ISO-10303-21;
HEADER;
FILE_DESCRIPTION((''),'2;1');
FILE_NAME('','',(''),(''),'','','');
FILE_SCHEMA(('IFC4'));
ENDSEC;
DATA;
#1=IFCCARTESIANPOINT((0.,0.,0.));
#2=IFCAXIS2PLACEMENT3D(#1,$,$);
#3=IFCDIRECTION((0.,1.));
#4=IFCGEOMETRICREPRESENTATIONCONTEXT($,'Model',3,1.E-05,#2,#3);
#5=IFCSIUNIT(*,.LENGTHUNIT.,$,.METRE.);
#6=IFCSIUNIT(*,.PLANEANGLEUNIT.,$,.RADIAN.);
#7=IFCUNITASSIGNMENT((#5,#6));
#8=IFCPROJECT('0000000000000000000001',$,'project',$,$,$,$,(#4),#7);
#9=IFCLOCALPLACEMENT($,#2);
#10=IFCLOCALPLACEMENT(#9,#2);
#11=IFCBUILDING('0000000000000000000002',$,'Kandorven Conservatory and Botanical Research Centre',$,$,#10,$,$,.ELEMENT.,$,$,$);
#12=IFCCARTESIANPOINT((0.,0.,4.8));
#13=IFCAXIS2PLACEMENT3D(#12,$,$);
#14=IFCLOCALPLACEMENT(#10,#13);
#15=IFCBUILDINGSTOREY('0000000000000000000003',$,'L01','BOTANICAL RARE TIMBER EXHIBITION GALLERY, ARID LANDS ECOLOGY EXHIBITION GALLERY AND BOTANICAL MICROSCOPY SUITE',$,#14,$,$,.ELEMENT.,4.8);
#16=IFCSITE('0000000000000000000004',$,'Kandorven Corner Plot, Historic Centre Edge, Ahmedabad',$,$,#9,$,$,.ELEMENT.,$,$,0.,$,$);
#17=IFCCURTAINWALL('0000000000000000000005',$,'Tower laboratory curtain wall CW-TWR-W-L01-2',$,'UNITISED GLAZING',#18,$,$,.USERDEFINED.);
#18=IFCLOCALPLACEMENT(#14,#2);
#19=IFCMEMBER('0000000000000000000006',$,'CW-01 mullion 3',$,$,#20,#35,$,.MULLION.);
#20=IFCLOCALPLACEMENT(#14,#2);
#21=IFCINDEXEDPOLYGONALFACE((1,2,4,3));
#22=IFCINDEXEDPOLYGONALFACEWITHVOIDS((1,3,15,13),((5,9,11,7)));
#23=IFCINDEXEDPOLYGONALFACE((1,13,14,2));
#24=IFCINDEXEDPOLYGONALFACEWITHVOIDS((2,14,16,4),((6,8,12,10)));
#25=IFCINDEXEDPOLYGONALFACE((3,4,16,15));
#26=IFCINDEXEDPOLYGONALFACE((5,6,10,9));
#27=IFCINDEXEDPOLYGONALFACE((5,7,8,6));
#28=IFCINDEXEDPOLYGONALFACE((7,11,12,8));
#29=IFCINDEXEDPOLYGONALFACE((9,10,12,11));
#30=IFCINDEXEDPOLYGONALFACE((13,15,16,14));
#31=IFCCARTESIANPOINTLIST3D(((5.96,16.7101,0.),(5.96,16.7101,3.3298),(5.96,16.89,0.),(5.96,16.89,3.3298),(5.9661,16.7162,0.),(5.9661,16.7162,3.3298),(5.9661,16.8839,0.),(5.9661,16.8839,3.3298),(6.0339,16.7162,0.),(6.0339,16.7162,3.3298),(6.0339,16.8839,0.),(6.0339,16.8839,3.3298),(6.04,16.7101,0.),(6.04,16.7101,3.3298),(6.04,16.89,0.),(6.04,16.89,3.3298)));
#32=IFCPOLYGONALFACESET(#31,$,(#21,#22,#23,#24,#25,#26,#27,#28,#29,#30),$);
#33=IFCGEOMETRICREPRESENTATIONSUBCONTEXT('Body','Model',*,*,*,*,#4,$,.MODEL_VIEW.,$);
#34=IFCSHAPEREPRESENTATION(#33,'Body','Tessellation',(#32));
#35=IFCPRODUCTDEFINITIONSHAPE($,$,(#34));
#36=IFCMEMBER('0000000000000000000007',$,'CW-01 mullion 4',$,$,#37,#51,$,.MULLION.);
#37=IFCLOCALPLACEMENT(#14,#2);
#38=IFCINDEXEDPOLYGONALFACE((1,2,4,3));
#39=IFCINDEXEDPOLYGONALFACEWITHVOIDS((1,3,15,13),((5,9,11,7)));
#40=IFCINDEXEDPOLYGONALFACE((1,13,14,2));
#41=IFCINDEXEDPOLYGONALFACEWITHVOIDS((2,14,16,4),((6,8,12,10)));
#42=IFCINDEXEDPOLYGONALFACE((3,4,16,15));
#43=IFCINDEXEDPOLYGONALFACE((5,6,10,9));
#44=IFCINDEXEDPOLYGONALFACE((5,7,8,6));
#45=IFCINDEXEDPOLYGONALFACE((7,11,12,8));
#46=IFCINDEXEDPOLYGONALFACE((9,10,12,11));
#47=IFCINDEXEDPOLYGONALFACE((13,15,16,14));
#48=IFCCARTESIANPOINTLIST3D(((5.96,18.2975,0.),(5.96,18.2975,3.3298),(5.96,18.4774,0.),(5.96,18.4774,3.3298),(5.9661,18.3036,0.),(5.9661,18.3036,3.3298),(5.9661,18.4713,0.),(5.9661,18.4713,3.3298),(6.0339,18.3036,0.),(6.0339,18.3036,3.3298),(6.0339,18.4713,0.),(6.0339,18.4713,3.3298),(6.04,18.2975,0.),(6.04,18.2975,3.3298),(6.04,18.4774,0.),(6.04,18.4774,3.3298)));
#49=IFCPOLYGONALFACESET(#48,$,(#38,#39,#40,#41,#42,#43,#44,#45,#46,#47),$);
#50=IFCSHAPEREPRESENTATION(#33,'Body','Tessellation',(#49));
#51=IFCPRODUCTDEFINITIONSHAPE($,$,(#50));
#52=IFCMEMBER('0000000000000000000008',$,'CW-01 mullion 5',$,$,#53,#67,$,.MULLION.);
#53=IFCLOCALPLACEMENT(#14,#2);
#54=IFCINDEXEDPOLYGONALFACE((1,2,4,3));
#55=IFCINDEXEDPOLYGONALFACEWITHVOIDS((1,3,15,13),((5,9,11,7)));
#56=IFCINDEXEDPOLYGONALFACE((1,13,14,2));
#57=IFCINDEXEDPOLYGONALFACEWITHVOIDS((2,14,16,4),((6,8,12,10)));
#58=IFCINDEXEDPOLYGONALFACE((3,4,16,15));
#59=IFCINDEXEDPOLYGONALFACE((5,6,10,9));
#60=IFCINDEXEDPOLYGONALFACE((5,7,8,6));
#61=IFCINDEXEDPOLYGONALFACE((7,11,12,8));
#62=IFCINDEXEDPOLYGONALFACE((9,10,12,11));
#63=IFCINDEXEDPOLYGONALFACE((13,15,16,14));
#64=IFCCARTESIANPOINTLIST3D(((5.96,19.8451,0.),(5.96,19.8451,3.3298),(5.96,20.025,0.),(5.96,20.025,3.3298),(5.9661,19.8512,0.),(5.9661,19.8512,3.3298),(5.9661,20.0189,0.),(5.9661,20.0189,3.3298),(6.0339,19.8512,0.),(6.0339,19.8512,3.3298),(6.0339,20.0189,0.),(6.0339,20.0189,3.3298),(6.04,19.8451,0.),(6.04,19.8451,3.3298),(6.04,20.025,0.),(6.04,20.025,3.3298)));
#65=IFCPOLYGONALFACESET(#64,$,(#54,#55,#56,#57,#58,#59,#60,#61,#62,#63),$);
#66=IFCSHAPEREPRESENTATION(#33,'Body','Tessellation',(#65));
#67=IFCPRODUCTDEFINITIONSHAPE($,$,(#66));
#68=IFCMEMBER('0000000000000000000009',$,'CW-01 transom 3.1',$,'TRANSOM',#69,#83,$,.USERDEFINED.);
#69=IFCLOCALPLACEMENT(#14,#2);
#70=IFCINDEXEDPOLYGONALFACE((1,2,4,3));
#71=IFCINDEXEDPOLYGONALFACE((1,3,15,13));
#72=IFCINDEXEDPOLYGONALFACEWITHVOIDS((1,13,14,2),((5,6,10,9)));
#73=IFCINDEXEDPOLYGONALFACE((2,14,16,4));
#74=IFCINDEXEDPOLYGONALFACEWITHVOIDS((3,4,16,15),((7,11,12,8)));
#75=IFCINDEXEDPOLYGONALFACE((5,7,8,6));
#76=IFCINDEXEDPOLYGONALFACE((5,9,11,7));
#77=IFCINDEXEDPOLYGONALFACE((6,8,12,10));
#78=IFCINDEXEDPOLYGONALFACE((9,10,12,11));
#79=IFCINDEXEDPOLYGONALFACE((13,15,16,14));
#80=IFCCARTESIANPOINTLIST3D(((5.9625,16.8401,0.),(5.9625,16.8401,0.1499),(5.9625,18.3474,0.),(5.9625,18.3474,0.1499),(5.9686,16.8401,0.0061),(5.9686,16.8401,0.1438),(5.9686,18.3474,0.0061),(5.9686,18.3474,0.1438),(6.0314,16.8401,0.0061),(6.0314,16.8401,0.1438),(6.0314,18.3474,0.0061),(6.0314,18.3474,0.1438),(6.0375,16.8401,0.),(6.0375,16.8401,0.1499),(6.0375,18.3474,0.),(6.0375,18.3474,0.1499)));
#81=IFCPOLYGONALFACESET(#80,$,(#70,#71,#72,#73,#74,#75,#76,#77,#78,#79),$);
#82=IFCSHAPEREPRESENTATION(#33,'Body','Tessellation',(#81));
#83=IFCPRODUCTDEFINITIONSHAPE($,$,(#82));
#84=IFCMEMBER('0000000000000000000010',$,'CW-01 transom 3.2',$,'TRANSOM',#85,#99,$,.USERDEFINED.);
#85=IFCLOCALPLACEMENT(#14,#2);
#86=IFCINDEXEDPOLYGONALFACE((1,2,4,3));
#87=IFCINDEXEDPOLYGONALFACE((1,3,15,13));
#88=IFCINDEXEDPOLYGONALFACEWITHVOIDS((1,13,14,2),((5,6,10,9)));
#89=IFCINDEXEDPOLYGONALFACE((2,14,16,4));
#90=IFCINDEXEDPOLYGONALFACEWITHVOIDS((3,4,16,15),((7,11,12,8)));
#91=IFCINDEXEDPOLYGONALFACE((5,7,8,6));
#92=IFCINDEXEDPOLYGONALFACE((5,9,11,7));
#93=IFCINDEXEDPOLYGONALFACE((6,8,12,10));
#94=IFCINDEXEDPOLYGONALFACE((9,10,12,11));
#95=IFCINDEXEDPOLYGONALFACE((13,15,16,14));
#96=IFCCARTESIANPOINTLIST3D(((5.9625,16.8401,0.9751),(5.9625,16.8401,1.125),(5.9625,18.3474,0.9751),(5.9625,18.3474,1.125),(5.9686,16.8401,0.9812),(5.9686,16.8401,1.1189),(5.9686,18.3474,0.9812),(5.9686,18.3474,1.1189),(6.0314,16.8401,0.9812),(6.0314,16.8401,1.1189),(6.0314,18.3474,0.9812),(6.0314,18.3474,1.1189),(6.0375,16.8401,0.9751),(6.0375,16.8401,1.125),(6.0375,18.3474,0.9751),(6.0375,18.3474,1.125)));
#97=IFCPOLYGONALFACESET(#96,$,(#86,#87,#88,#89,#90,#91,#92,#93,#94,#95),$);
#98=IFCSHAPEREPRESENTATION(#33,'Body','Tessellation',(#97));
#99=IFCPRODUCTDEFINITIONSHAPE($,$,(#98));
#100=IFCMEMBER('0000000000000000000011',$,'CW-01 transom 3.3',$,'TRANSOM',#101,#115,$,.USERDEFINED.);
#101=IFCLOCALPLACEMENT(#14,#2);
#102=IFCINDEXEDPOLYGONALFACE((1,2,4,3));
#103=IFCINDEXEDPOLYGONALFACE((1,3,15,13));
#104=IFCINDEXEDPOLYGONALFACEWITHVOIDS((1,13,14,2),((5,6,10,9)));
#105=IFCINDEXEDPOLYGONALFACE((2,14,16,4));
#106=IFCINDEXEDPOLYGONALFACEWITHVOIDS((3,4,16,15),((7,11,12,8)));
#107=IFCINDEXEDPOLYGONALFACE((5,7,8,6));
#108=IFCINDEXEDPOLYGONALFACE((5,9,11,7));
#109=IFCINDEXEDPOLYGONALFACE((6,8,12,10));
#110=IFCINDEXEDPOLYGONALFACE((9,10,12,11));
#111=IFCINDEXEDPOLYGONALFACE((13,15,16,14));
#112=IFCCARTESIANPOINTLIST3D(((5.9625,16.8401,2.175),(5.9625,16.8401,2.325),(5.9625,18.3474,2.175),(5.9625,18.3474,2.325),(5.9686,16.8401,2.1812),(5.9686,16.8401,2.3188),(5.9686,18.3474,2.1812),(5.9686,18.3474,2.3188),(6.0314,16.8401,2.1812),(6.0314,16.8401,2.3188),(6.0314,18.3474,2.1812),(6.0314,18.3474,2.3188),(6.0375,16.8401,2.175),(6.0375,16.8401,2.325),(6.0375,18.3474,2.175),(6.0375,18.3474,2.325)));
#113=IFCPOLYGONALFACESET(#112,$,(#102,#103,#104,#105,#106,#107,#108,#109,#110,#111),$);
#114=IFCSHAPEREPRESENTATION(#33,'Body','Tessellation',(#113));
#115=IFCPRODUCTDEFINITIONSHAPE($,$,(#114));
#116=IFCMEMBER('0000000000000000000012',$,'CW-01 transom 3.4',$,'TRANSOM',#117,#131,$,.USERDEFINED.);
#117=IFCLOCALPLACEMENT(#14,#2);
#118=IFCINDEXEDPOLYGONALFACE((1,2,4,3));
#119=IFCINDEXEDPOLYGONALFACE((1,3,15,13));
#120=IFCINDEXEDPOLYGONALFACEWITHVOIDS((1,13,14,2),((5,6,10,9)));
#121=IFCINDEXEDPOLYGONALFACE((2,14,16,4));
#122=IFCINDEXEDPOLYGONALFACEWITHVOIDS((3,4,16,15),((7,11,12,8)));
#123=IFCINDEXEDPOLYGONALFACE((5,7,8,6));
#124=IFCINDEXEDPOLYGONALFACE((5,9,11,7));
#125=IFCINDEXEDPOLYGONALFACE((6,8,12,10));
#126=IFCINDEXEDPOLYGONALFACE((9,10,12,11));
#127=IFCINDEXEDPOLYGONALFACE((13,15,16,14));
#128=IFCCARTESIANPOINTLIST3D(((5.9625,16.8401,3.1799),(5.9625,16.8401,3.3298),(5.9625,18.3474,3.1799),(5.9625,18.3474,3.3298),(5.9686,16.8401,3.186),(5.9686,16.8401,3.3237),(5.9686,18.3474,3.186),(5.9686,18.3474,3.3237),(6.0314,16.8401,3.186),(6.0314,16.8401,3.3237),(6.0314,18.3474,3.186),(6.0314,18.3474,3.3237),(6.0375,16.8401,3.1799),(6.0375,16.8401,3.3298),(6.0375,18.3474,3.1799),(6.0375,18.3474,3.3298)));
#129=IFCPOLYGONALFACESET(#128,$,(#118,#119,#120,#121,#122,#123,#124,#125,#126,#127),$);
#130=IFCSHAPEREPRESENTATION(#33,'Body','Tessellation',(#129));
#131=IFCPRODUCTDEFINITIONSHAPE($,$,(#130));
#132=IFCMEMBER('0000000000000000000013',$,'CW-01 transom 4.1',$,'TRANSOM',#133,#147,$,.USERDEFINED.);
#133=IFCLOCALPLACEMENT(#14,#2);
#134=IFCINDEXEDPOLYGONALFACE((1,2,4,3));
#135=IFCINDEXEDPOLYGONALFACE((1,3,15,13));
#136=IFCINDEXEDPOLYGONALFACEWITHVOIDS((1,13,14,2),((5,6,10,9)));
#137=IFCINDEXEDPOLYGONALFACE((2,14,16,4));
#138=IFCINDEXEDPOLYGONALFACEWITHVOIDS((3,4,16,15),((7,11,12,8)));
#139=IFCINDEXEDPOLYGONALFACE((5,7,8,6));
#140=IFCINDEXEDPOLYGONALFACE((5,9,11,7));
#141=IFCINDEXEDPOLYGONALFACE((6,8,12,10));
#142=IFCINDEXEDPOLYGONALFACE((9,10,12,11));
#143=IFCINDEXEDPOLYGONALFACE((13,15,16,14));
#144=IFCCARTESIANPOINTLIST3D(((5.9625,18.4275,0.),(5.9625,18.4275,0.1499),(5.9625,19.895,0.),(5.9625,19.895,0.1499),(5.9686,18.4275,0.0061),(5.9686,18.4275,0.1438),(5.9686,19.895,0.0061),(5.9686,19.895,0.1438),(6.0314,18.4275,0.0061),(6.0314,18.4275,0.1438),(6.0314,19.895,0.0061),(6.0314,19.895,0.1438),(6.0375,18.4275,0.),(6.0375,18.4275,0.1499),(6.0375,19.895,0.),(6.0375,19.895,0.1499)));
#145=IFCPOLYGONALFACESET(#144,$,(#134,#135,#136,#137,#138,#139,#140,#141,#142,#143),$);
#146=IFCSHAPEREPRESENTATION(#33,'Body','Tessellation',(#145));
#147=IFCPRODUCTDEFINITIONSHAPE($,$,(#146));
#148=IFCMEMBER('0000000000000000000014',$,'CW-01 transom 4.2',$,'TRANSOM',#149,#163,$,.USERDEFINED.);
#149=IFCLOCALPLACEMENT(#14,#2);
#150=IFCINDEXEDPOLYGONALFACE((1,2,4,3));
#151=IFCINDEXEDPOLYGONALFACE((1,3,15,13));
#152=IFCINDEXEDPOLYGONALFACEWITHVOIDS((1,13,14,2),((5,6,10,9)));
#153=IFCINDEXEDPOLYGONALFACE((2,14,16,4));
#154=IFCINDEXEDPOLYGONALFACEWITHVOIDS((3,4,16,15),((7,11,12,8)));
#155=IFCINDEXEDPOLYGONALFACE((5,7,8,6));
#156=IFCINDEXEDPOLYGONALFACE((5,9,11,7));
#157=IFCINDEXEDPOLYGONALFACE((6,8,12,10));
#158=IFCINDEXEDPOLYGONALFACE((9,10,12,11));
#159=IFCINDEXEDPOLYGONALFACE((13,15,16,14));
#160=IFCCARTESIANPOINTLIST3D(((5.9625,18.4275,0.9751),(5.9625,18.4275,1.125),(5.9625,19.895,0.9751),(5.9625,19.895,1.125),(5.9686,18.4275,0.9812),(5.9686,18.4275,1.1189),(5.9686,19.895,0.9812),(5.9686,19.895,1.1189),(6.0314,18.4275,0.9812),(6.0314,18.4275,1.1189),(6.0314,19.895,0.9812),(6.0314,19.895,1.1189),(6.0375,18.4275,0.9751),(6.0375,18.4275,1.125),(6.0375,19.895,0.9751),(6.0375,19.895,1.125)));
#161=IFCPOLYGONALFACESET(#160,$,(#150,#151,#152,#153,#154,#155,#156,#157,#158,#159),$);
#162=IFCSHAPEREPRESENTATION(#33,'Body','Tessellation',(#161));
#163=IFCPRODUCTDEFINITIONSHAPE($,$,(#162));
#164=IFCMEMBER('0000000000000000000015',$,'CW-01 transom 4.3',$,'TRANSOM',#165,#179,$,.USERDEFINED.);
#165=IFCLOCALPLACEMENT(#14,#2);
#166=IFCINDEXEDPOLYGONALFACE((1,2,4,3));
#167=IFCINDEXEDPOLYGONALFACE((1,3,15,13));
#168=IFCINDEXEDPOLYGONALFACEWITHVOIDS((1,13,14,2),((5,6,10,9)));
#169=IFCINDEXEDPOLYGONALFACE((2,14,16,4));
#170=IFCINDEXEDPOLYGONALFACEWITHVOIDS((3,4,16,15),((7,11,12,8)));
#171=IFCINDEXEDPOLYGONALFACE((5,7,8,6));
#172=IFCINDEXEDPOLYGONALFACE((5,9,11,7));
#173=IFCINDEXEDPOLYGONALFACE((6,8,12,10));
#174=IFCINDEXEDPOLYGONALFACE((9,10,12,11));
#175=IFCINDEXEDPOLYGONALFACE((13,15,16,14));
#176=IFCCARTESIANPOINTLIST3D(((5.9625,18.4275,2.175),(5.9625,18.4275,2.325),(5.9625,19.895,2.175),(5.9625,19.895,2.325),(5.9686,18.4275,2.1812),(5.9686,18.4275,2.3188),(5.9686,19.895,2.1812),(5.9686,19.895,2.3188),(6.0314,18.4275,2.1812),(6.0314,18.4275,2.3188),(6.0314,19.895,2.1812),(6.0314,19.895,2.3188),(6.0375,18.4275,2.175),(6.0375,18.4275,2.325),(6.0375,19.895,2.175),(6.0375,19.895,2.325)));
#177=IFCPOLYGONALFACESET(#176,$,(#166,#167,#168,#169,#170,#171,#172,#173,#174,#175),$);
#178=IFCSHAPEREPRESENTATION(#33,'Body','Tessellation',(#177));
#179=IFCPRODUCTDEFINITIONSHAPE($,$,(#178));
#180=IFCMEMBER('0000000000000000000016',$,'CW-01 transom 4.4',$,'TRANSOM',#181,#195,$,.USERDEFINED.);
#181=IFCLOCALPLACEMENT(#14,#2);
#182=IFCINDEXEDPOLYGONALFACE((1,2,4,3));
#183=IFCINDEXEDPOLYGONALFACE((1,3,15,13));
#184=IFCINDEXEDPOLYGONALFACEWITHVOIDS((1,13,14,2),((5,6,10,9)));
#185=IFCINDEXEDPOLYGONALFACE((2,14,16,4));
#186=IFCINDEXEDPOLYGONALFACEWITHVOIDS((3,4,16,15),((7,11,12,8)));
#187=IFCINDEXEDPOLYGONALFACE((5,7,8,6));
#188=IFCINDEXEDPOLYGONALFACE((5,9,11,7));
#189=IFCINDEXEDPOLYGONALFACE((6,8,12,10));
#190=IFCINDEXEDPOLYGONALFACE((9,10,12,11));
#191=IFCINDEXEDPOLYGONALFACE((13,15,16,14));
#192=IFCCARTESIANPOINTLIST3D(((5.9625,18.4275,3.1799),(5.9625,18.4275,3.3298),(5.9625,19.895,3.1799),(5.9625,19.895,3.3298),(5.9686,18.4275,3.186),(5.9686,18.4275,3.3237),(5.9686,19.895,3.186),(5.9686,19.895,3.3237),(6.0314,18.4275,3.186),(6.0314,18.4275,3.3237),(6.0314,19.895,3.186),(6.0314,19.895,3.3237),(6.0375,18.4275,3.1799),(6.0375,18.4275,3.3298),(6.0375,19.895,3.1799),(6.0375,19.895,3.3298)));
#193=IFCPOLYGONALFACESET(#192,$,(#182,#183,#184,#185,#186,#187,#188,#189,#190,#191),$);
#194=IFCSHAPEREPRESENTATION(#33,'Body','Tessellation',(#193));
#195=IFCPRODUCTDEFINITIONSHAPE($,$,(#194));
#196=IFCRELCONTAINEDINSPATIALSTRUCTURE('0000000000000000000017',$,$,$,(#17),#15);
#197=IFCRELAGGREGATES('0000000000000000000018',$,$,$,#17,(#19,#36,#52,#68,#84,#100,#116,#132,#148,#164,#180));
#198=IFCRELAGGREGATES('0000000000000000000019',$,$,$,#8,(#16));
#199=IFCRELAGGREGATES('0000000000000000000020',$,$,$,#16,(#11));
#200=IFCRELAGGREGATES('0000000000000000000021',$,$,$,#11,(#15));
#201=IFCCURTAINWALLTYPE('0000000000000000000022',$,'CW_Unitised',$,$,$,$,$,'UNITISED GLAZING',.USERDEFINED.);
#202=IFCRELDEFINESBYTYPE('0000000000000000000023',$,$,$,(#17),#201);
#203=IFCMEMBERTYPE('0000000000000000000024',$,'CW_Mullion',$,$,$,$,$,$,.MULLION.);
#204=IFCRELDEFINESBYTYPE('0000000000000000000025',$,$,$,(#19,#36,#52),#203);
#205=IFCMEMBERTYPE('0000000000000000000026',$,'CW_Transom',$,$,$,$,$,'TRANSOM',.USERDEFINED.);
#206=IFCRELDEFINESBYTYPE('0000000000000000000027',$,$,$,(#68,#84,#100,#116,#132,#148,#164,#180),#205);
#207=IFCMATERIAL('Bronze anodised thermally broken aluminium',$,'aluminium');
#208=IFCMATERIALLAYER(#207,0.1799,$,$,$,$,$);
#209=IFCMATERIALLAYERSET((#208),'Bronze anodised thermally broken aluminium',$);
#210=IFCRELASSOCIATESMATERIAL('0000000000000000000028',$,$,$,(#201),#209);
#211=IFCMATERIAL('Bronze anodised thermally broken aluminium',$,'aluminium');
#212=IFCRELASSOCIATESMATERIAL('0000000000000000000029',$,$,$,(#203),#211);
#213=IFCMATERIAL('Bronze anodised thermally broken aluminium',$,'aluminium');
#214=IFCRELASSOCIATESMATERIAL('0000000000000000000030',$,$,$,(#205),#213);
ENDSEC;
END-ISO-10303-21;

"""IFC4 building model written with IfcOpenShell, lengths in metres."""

from ifc_helpers import new_model, si_unit, direction, frame, origin, origin_2d, place, context, subcontext, project, spatial, hollow_rectangle, extrude, material, layer, layer_set, material_profile, profile_set, type_object, element, aggregate, save


model = new_model("IFC4")

# Units and contexts
model_context = context("Model", 3, precision=1e-05, world=origin(), true_north=direction((0.0, 1.0)))
body_context = subcontext(model_context, "Body", "Model", "MODEL_VIEW")
ifc_project = project(units=[si_unit("LENGTHUNIT", "METRE"), si_unit("PLANEANGLEUNIT", "RADIAN")], contexts=[model_context])

# Site, building, storey
site_placement = place(None, origin())
site = spatial("IfcSite", under=ifc_project, at=site_placement, Name="Kandorven Corner Plot, Historic Centre Edge, Ahmedabad", CompositionType="ELEMENT", RefElevation=0.0)
building_placement = place(site_placement, origin())
building = spatial("IfcBuilding", under=site, at=building_placement, Name="Kandorven Conservatory and Botanical Research Centre", CompositionType="ELEMENT")
storey_placement = place(building_placement, frame((0.0, 0.0, 4.8)))
storey = spatial("IfcBuildingStorey", under=building, at=storey_placement, Name="L01", Description="BOTANICAL RARE TIMBER EXHIBITION GALLERY, ARID LANDS ECOLOGY EXHIBITION GALLERY AND BOTANICAL MICROSCOPY SUITE", CompositionType="ELEMENT", Elevation=4.8)

# Curtain wall, members
ifc_material_1 = material(Name="Bronze anodised thermally broken aluminium", Category="aluminium")
ifc_layer_1 = layer(ifc_material_1, 0.1799)
ifc_layer_set_1 = layer_set([ifc_layer_1], Name="Bronze anodised thermally broken aluminium")
curtain_wall_type = type_object("IfcCurtainWallType", Name="CW_Unitised", ElementType="UNITISED GLAZING", PredefinedType="USERDEFINED", material=ifc_layer_set_1)
curtain_wall_placement = place(storey_placement, origin())
curtain_wall = element("IfcCurtainWall", 1, at=curtain_wall_placement, inside=storey, type_object=curtain_wall_type, Name="Tower laboratory curtain wall CW-TWR-W-L01-2", ObjectType="UNITISED GLAZING", PredefinedType="USERDEFINED")
ifc_material_2 = material(Name="Bronze anodised thermally broken aluminium", Category="aluminium")
ifc_material_profile_1 = material_profile(ifc_material_2, hollow_rectangle(XDim=0.0801, YDim=0.1799, WallThickness=0.0061, at=origin_2d()))
ifc_profile_set_1 = profile_set([ifc_material_profile_1], Name="Bronze anodised thermally broken aluminium")
member_type_1 = type_object("IfcMemberType", Name="CW_Mullion", PredefinedType="MULLION", material=ifc_profile_set_1)
member_1_placement = place(storey_placement, frame((6.0, 16.8, 0.0), z_axis=(0.0, 0.0, 1.0), x_axis=(-1.0, 0.0, 0.0)))
member_1 = element("IfcMember", 2, at=member_1_placement, type_object=member_type_1, Name="CW-01 mullion 3", PredefinedType="MULLION", context=body_context, shape_type="SweptSolid", body=[
    extrude(hollow_rectangle(XDim=0.0801, YDim=0.1799, WallThickness=0.0061, at=origin_2d()), origin(), (0.0, 0.0, 1.0), 3.3298),
])
member_2_placement = place(storey_placement, frame((6.0, 18.3875, 0.0), z_axis=(0.0, 0.0, 1.0), x_axis=(-1.0, 0.0, 0.0)))
member_2 = element("IfcMember", 3, at=member_2_placement, type_object=member_type_1, Name="CW-01 mullion 4", PredefinedType="MULLION", context=body_context, shape_type="SweptSolid", body=[
    extrude(hollow_rectangle(XDim=0.0801, YDim=0.1799, WallThickness=0.0061, at=origin_2d()), origin(), (0.0, 0.0, 1.0), 3.3298),
])
member_3_placement = place(storey_placement, frame((6.0, 19.9351, 0.0), z_axis=(0.0, 0.0, 1.0), x_axis=(-1.0, 0.0, 0.0)))
member_3 = element("IfcMember", 4, at=member_3_placement, type_object=member_type_1, Name="CW-01 mullion 5", PredefinedType="MULLION", context=body_context, shape_type="SweptSolid", body=[
    extrude(hollow_rectangle(XDim=0.0801, YDim=0.1799, WallThickness=0.0061, at=origin_2d()), origin(), (0.0, 0.0, 1.0), 3.3298),
])
ifc_material_3 = material(Name="Bronze anodised thermally broken aluminium", Category="aluminium")
ifc_material_profile_2 = material_profile(ifc_material_3, hollow_rectangle(XDim=0.075, YDim=0.1499, WallThickness=0.0061, at=origin_2d()))
ifc_profile_set_2 = profile_set([ifc_material_profile_2], Name="Bronze anodised thermally broken aluminium")
member_type_2 = type_object("IfcMemberType", Name="CW_Transom", ElementType="TRANSOM", PredefinedType="USERDEFINED", material=ifc_profile_set_2)
member_4_placement = place(storey_placement, frame((6.0, 16.8401, 0.075), z_axis=(0.0, 1.0, 0.0), x_axis=(-1.0, 0.0, 0.0)))
member_4 = element("IfcMember", 5, at=member_4_placement, type_object=member_type_2, Name="CW-01 transom 3.1", ObjectType="TRANSOM", PredefinedType="USERDEFINED", context=body_context, shape_type="SweptSolid", body=[
    extrude(hollow_rectangle(XDim=0.075, YDim=0.1499, WallThickness=0.0061, at=origin_2d()), origin(), (0.0, 0.0, 1.0), 1.5073),
])
member_5_placement = place(storey_placement, frame((6.0, 16.8401, 1.05), z_axis=(0.0, 1.0, 0.0), x_axis=(-1.0, 0.0, 0.0)))
member_5 = element("IfcMember", 6, at=member_5_placement, type_object=member_type_2, Name="CW-01 transom 3.2", ObjectType="TRANSOM", PredefinedType="USERDEFINED", context=body_context, shape_type="SweptSolid", body=[
    extrude(hollow_rectangle(XDim=0.075, YDim=0.1499, WallThickness=0.0061, at=origin_2d()), origin(), (0.0, 0.0, 1.0), 1.5073),
])
member_6_placement = place(storey_placement, frame((6.0, 16.8401, 2.25), z_axis=(0.0, 1.0, 0.0), x_axis=(-1.0, 0.0, 0.0)))
member_6 = element("IfcMember", 7, at=member_6_placement, type_object=member_type_2, Name="CW-01 transom 3.3", ObjectType="TRANSOM", PredefinedType="USERDEFINED", context=body_context, shape_type="SweptSolid", body=[
    extrude(hollow_rectangle(XDim=0.075, YDim=0.1499, WallThickness=0.0061, at=origin_2d()), origin(), (0.0, 0.0, 1.0), 1.5073),
])
member_7_placement = place(storey_placement, frame((6.0, 16.8401, 3.2549), z_axis=(0.0, 1.0, 0.0), x_axis=(-1.0, 0.0, 0.0)))
member_7 = element("IfcMember", 8, at=member_7_placement, type_object=member_type_2, Name="CW-01 transom 3.4", ObjectType="TRANSOM", PredefinedType="USERDEFINED", context=body_context, shape_type="SweptSolid", body=[
    extrude(hollow_rectangle(XDim=0.075, YDim=0.1499, WallThickness=0.0061, at=origin_2d()), origin(), (0.0, 0.0, 1.0), 1.5073),
])
member_8_placement = place(storey_placement, frame((6.0, 18.4275, 0.075), z_axis=(0.0, 1.0, 0.0), x_axis=(-1.0, 0.0, 0.0)))
member_8 = element("IfcMember", 9, at=member_8_placement, type_object=member_type_2, Name="CW-01 transom 4.1", ObjectType="TRANSOM", PredefinedType="USERDEFINED", context=body_context, shape_type="SweptSolid", body=[
    extrude(hollow_rectangle(XDim=0.075, YDim=0.1499, WallThickness=0.0061, at=origin_2d()), origin(), (0.0, 0.0, 1.0), 1.4675),
])
member_9_placement = place(storey_placement, frame((6.0, 18.4275, 1.05), z_axis=(0.0, 1.0, 0.0), x_axis=(-1.0, 0.0, 0.0)))
member_9 = element("IfcMember", 10, at=member_9_placement, type_object=member_type_2, Name="CW-01 transom 4.2", ObjectType="TRANSOM", PredefinedType="USERDEFINED", context=body_context, shape_type="SweptSolid", body=[
    extrude(hollow_rectangle(XDim=0.075, YDim=0.1499, WallThickness=0.0061, at=origin_2d()), origin(), (0.0, 0.0, 1.0), 1.4675),
])
member_10_placement = place(storey_placement, frame((6.0, 18.4275, 2.25), z_axis=(0.0, 1.0, 0.0), x_axis=(-1.0, 0.0, 0.0)))
member_10 = element("IfcMember", 11, at=member_10_placement, type_object=member_type_2, Name="CW-01 transom 4.3", ObjectType="TRANSOM", PredefinedType="USERDEFINED", context=body_context, shape_type="SweptSolid", body=[
    extrude(hollow_rectangle(XDim=0.075, YDim=0.1499, WallThickness=0.0061, at=origin_2d()), origin(), (0.0, 0.0, 1.0), 1.4675),
])
member_11_placement = place(storey_placement, frame((6.0, 18.4275, 3.2549), z_axis=(0.0, 1.0, 0.0), x_axis=(-1.0, 0.0, 0.0)))
member_11 = element("IfcMember", 12, at=member_11_placement, type_object=member_type_2, Name="CW-01 transom 4.4", ObjectType="TRANSOM", PredefinedType="USERDEFINED", context=body_context, shape_type="SweptSolid", body=[
    extrude(hollow_rectangle(XDim=0.075, YDim=0.1499, WallThickness=0.0061, at=origin_2d()), origin(), (0.0, 0.0, 1.0), 1.4675),
])
aggregate(curtain_wall, [member_1, member_2, member_3, member_4, member_5, member_6, member_7, member_8, member_9, member_10, member_11])

save(model, "model.ifc")
